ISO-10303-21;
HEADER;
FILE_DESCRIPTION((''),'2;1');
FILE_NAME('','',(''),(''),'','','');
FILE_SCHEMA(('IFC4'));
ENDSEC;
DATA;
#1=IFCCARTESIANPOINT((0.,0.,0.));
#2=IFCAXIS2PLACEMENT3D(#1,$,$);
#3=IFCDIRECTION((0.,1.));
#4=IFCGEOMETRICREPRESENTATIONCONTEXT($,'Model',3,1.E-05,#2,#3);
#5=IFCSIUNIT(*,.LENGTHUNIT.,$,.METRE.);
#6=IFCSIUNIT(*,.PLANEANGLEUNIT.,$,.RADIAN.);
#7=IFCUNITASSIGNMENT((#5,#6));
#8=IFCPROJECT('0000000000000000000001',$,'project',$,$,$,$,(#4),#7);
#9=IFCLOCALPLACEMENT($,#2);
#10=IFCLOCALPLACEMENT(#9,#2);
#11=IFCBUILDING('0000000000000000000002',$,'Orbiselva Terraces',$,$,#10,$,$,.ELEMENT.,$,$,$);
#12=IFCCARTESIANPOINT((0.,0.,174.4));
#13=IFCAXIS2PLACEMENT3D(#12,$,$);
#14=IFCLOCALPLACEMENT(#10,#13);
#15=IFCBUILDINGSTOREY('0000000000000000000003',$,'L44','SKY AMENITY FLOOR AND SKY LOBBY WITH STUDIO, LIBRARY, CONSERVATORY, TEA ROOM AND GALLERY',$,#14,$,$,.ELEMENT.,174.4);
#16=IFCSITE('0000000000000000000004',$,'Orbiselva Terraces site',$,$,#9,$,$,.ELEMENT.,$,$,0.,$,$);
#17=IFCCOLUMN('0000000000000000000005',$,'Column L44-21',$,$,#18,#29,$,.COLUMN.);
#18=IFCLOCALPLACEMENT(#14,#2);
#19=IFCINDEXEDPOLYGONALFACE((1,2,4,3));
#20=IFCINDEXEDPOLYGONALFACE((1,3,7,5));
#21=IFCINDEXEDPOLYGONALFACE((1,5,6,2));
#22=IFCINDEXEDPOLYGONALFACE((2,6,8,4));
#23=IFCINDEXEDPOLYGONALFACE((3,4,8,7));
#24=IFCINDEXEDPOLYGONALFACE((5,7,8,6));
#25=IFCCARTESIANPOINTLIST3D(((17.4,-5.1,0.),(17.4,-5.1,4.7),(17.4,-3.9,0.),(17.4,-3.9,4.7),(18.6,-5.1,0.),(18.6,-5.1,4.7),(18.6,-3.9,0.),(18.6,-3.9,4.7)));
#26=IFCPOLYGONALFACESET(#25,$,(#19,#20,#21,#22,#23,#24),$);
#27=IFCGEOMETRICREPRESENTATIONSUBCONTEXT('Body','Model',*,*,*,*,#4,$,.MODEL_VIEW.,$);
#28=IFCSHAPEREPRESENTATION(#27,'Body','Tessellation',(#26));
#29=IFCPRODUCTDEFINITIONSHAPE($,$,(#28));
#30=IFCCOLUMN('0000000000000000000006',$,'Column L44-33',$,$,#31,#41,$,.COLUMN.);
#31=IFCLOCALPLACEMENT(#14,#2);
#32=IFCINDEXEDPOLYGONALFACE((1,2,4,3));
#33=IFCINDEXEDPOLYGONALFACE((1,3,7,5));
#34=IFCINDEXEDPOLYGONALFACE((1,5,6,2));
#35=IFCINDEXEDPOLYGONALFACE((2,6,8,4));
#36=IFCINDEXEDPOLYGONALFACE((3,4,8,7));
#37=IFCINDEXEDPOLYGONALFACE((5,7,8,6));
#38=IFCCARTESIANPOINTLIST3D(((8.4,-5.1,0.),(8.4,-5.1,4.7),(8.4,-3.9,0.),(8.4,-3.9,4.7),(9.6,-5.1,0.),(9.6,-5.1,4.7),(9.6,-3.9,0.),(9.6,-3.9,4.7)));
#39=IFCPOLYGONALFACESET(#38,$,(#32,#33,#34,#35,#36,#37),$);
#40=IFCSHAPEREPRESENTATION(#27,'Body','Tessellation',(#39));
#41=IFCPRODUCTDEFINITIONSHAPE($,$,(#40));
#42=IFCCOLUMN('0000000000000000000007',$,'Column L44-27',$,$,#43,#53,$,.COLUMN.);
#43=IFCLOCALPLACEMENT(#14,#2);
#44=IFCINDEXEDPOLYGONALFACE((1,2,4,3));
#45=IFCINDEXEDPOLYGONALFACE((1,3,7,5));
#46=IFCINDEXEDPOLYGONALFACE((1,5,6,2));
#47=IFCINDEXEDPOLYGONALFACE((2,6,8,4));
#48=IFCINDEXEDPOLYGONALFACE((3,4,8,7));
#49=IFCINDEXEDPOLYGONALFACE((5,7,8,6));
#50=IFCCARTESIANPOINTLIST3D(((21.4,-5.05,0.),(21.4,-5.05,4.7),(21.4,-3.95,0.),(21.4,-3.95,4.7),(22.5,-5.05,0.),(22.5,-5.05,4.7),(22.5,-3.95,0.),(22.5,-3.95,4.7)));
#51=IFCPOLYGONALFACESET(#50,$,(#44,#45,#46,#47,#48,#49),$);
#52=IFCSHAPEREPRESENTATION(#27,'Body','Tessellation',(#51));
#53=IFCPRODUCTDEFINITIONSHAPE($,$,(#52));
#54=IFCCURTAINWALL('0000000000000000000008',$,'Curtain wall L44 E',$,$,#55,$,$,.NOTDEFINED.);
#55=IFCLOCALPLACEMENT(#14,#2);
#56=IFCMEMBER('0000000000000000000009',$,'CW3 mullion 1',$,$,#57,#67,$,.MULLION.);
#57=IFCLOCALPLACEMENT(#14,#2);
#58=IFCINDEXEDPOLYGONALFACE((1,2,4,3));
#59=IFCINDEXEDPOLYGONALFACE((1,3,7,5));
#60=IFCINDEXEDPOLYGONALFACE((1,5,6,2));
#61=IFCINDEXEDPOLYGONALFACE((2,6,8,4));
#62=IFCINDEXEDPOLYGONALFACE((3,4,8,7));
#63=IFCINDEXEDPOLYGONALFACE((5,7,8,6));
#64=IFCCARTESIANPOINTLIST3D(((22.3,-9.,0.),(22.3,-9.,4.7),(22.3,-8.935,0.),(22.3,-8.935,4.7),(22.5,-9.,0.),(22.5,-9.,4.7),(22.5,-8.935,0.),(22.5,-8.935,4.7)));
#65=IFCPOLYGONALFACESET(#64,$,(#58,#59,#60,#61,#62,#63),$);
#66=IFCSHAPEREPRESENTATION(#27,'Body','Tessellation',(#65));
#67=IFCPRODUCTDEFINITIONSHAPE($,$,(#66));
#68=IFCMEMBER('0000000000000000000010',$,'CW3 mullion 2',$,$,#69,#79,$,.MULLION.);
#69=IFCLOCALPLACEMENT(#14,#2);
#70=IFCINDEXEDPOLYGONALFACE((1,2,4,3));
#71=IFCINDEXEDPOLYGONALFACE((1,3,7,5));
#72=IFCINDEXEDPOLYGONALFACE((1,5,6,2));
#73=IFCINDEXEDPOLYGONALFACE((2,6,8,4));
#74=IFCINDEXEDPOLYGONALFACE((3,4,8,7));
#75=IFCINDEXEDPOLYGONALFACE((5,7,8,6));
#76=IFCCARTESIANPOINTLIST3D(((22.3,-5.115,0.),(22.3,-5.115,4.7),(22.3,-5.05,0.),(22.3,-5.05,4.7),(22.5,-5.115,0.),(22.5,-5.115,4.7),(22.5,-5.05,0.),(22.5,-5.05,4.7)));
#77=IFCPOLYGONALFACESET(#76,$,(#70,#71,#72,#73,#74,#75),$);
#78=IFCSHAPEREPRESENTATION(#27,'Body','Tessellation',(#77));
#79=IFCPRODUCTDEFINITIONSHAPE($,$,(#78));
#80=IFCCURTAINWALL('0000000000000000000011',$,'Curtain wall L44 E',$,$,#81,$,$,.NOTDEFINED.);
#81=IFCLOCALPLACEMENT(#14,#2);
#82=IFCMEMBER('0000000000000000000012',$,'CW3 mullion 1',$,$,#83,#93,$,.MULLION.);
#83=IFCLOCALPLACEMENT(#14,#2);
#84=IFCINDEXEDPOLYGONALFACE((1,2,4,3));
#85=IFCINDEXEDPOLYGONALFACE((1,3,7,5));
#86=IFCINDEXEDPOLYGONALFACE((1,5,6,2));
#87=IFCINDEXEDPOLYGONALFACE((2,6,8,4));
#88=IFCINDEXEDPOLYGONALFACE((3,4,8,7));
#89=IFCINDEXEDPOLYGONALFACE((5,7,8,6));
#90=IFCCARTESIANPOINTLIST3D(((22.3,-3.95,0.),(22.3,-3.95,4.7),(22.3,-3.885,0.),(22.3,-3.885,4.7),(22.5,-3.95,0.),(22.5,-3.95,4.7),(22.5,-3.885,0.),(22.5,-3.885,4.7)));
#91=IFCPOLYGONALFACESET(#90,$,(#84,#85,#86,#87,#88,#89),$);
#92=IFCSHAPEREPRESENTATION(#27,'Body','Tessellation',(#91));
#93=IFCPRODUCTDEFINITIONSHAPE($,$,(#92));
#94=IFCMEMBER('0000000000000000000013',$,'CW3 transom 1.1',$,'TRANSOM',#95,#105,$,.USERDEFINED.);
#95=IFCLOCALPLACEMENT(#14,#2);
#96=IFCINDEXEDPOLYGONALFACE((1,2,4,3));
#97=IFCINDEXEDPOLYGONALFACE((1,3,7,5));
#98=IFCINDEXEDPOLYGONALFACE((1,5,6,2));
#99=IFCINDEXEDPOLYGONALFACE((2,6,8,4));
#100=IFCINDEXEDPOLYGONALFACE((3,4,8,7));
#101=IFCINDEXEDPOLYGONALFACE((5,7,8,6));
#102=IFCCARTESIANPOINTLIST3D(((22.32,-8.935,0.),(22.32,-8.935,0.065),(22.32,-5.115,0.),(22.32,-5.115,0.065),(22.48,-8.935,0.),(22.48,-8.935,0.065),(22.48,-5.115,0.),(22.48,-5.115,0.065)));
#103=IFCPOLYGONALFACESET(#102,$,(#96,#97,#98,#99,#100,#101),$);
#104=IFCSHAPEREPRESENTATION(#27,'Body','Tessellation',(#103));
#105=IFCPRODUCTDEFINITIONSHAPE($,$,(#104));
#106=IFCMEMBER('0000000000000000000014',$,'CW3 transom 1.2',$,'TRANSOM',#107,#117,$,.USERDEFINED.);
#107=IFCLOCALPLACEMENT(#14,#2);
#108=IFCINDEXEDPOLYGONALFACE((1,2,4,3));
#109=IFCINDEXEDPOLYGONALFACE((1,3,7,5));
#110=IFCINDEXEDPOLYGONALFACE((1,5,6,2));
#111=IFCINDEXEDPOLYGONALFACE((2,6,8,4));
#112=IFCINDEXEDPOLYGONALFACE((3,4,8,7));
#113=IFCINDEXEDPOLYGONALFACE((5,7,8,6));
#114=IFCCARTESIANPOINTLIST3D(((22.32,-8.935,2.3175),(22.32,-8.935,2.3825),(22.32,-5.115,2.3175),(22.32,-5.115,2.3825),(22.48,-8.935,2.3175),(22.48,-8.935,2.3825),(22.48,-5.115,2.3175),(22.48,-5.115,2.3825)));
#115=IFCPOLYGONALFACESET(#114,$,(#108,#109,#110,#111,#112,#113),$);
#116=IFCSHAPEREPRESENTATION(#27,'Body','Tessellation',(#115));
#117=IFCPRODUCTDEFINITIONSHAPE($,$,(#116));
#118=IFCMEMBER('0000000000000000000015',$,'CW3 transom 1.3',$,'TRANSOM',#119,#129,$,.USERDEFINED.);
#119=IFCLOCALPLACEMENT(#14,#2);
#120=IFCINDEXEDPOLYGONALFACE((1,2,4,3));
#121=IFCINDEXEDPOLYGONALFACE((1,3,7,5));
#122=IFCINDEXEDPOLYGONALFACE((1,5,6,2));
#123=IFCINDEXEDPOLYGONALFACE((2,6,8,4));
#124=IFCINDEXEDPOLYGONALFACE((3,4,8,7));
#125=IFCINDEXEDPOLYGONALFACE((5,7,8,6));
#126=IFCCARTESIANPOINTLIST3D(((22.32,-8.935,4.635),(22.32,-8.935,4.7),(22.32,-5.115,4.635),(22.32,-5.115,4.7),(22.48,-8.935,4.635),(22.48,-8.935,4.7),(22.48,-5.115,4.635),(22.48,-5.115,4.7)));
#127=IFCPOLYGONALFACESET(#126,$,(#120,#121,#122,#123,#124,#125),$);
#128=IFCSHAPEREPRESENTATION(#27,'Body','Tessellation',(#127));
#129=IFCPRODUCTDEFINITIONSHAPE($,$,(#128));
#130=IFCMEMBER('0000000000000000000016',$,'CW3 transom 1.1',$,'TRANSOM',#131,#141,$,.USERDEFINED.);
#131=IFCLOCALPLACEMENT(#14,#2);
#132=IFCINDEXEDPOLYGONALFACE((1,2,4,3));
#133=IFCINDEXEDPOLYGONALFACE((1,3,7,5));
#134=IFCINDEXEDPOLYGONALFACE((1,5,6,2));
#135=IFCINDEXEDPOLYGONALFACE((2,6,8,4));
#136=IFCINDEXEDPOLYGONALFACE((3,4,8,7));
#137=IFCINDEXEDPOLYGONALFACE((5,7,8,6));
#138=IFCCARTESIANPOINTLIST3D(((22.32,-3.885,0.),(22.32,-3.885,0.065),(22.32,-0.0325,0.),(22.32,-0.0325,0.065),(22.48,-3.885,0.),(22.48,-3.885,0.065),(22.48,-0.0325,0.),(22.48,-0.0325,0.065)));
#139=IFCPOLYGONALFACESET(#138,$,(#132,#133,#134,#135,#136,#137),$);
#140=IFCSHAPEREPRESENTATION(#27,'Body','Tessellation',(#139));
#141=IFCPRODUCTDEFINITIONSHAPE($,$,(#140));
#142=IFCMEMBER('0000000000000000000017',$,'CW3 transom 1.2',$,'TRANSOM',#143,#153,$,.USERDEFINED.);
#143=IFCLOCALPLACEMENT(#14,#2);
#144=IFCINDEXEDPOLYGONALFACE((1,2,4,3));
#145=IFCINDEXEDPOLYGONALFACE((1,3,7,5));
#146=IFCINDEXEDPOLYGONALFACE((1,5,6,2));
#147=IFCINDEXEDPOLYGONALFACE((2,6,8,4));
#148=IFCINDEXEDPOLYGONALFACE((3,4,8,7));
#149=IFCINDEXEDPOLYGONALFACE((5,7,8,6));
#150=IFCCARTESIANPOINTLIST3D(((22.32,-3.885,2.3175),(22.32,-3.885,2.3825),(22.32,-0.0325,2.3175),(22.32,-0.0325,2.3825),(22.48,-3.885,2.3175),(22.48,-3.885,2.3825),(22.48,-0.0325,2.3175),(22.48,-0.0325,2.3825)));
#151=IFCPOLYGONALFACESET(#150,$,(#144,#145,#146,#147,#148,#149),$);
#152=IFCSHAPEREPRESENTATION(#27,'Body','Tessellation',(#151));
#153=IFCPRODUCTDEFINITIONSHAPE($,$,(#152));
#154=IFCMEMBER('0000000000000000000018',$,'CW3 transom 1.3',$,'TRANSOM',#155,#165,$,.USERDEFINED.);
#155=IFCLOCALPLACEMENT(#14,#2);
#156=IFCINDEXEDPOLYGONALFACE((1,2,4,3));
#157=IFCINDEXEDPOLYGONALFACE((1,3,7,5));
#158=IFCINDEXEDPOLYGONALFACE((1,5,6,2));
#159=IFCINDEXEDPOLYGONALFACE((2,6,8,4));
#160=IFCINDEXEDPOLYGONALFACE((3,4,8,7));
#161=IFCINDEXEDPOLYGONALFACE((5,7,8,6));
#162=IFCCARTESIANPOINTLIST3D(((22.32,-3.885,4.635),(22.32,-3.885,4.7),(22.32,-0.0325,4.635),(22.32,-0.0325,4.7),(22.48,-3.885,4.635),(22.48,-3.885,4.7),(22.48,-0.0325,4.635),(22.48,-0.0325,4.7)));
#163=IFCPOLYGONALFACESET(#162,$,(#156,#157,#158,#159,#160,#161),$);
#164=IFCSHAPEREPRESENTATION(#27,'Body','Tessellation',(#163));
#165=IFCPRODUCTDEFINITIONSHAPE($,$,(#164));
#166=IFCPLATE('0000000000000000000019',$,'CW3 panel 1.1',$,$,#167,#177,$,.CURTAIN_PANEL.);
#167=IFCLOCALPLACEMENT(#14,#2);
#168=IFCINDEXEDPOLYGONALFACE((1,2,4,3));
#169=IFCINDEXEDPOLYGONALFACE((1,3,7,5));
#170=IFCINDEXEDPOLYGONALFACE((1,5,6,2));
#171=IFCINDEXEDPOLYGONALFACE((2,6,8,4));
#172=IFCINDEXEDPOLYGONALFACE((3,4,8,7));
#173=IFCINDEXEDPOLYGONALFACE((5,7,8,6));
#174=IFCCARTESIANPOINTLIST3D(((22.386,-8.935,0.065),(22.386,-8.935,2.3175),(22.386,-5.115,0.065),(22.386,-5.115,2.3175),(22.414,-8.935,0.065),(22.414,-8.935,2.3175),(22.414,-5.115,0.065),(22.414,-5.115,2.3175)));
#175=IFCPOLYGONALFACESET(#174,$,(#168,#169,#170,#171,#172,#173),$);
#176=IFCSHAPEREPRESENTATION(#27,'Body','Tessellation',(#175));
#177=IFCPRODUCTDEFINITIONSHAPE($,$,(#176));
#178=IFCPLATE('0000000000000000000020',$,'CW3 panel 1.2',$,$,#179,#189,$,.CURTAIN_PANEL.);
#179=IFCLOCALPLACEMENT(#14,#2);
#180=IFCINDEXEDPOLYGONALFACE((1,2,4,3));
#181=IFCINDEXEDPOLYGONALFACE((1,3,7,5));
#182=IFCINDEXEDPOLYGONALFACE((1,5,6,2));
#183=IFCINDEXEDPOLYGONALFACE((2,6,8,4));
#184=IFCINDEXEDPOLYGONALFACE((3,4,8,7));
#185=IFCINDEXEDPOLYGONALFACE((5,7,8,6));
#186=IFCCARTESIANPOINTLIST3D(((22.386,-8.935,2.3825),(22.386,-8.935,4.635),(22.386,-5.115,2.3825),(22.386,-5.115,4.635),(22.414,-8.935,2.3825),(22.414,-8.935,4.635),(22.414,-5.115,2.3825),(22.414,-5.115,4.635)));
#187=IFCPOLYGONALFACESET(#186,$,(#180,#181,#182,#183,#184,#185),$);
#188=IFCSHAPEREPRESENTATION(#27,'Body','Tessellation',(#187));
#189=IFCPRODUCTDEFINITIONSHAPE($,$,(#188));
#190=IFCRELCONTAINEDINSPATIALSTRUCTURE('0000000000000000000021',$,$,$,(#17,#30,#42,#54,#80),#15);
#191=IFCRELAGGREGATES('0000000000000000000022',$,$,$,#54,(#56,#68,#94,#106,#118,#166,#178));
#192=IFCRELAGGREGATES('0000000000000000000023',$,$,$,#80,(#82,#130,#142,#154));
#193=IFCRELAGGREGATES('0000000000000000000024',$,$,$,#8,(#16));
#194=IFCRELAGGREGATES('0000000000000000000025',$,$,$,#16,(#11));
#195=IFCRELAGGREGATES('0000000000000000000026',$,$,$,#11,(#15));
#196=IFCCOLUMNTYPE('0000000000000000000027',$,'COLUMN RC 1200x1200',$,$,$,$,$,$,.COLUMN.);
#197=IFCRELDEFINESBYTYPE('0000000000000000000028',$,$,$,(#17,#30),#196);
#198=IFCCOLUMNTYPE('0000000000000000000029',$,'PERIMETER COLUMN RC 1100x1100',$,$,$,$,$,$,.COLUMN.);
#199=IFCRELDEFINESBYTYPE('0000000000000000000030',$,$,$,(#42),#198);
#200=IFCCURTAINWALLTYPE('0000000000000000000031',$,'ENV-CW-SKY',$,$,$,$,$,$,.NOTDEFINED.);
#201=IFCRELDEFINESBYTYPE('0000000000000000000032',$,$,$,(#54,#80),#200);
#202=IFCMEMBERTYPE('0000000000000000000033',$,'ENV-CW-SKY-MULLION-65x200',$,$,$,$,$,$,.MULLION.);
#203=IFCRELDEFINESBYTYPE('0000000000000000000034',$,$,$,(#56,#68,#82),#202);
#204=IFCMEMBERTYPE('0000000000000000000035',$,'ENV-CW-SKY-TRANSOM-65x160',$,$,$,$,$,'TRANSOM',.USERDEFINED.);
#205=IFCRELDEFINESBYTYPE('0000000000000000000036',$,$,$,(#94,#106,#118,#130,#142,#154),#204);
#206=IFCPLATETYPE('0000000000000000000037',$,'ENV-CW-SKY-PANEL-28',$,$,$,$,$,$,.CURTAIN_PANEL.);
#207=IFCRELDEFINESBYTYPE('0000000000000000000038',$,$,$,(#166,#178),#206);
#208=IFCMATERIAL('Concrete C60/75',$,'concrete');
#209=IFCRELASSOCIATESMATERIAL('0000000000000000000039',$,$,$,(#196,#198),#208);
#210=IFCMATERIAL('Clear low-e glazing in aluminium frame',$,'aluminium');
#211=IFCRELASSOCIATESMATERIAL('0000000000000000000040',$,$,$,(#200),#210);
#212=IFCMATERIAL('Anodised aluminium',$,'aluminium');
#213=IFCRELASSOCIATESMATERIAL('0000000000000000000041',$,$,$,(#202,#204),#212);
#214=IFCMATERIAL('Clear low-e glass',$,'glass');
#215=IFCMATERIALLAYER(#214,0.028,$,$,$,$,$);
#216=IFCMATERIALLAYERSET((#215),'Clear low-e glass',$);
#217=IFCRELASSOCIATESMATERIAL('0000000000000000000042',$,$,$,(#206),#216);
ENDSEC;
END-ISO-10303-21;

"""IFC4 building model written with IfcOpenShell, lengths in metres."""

from ifc_helpers import new_model, si_unit, direction, frame, origin, origin_2d, place, context, subcontext, project, spatial, rectangle, extrude, material, layer, layer_set, material_profile, profile_set, type_object, element, aggregate, save


model = new_model("IFC4")

# Units and contexts
model_context = context("Model", 3, precision=1e-05, world=origin(), true_north=direction((0.0, 1.0)))
body_context = subcontext(model_context, "Body", "Model", "MODEL_VIEW")
ifc_project = project(units=[si_unit("LENGTHUNIT", "METRE"), si_unit("PLANEANGLEUNIT", "RADIAN")], contexts=[model_context])

# Site, building, storey
site_placement = place(None, origin())
site = spatial("IfcSite", under=ifc_project, at=site_placement, Name="Orbiselva Terraces site", CompositionType="ELEMENT", RefElevation=0.0)
building_placement = place(site_placement, origin())
building = spatial("IfcBuilding", under=site, at=building_placement, Name="Orbiselva Terraces", CompositionType="ELEMENT")
storey_placement = place(building_placement, frame((0.0, 0.0, 174.4)))
storey = spatial("IfcBuildingStorey", under=building, at=storey_placement, Name="L44", Description="SKY AMENITY FLOOR AND SKY LOBBY WITH STUDIO, LIBRARY, CONSERVATORY, TEA ROOM AND GALLERY", CompositionType="ELEMENT", Elevation=174.4)

# Columns
ifc_material_1 = material(Name="Concrete C60/75", Category="concrete")
ifc_material_profile_1 = material_profile(ifc_material_1, rectangle(XDim=1.2, YDim=1.2, at=origin_2d()), Name="RC 1200x1200")
ifc_profile_set_1 = profile_set([ifc_material_profile_1], Name="Concrete C60/75")
column_type_1 = type_object("IfcColumnType", Name="COLUMN RC 1200x1200", PredefinedType="COLUMN", material=ifc_profile_set_1)
for number, where, z_axis, x_axis, name in (
    (1, (18.0, -4.5, 0.0), (0.0, 0.0, 1.0), (1.0, 0.0, 0.0), "Column L44-21"),
    (2, (9.0, -4.5, 0.0), (0.0, 0.0, 1.0), (1.0, 0.0, 0.0), "Column L44-33"),
):
    element("IfcColumn", number, at=place(storey_placement, frame(where, z_axis=z_axis, x_axis=x_axis)), inside=storey, type_object=column_type_1, Name=name, PredefinedType="COLUMN", context=body_context, shape_type="SweptSolid", body=[
        extrude(rectangle(XDim=1.2, YDim=1.2, at=origin_2d()), origin(), (0.0, 0.0, 1.0), 4.7),
    ])
ifc_material_profile_2 = material_profile(ifc_material_1, rectangle(XDim=1.1, YDim=1.1, at=origin_2d()), Name="RC 1100x1100")
ifc_profile_set_2 = profile_set([ifc_material_profile_2], Name="Concrete C60/75")
column_type_2 = type_object("IfcColumnType", Name="PERIMETER COLUMN RC 1100x1100", PredefinedType="COLUMN", material=ifc_profile_set_2)
column_placement = place(storey_placement, frame((21.95, -4.5, 0.0), z_axis=(0.0, 0.0, 1.0), x_axis=(1.0, 0.0, 0.0)))
element("IfcColumn", 3, at=column_placement, inside=storey, type_object=column_type_2, Name="Column L44-27", PredefinedType="COLUMN", context=body_context, shape_type="SweptSolid", body=[
    extrude(rectangle(XDim=1.1, YDim=1.1, at=origin_2d()), origin(), (0.0, 0.0, 1.0), 4.7),
])

# Curtain wall, members
ifc_material_2 = material(Name="Clear low-e glazing in aluminium frame", Category="aluminium")
curtain_wall_type = type_object("IfcCurtainWallType", Name="ENV-CW-SKY", PredefinedType="NOTDEFINED", material=ifc_material_2)
curtain_wall_1_placement = place(storey_placement, origin())
curtain_wall_1 = element("IfcCurtainWall", 4, at=curtain_wall_1_placement, inside=storey, type_object=curtain_wall_type, Name="Curtain wall L44 E", PredefinedType="NOTDEFINED")
ifc_material_3 = material(Name="Anodised aluminium", Category="aluminium")
ifc_material_profile_3 = material_profile(ifc_material_3, rectangle(XDim=0.2, YDim=0.065, at=origin_2d()), Name="AL 65x200")
ifc_profile_set_3 = profile_set([ifc_material_profile_3], Name="Anodised aluminium")
member_type_1 = type_object("IfcMemberType", Name="ENV-CW-SKY-MULLION-65x200", PredefinedType="MULLION", material=ifc_profile_set_3)
member_1_placement = place(storey_placement, frame((22.4, -8.9675, 0.0), z_axis=(0.0, 0.0, 1.0), x_axis=(-1.0, 0.0, 0.0)))
member_1 = element("IfcMember", 5, at=member_1_placement, type_object=member_type_1, Name="CW3 mullion 1", PredefinedType="MULLION", context=body_context, shape_type="SweptSolid", body=[
    extrude(rectangle(XDim=0.2, YDim=0.065, at=origin_2d()), origin(), (0.0, 0.0, 1.0), 4.7),
])
member_2_placement = place(storey_placement, frame((22.4, -5.0825, 0.0), z_axis=(0.0, 0.0, 1.0), x_axis=(-1.0, 0.0, 0.0)))
member_2 = element("IfcMember", 6, at=member_2_placement, type_object=member_type_1, Name="CW3 mullion 2", PredefinedType="MULLION", context=body_context, shape_type="SweptSolid", body=[
    extrude(rectangle(XDim=0.2, YDim=0.065, at=origin_2d()), origin(), (0.0, 0.0, 1.0), 4.7),
])

# Curtain wall, member
curtain_wall_2_placement = place(storey_placement, origin())
curtain_wall_2 = element("IfcCurtainWall", 7, at=curtain_wall_2_placement, inside=storey, type_object=curtain_wall_type, Name="Curtain wall L44 E", PredefinedType="NOTDEFINED")
member_3_placement = place(storey_placement, frame((22.4, -3.9175, 0.0), z_axis=(0.0, 0.0, 1.0), x_axis=(-1.0, 0.0, 0.0)))
member_3 = element("IfcMember", 8, at=member_3_placement, type_object=member_type_1, Name="CW3 mullion 1", PredefinedType="MULLION", context=body_context, shape_type="SweptSolid", body=[
    extrude(rectangle(XDim=0.2, YDim=0.065, at=origin_2d()), origin(), (0.0, 0.0, 1.0), 4.7),
])

# Members
ifc_material_profile_4 = material_profile(ifc_material_3, rectangle(XDim=0.16, YDim=0.065, at=origin_2d()), Name="AL 65x160")
ifc_profile_set_4 = profile_set([ifc_material_profile_4], Name="Anodised aluminium")
member_type_2 = type_object("IfcMemberType", Name="ENV-CW-SKY-TRANSOM-65x160", ElementType="TRANSOM", PredefinedType="USERDEFINED", material=ifc_profile_set_4)
member_4_placement = place(storey_placement, frame((22.4, -8.935, 0.0325), z_axis=(0.0, 1.0, 0.0), x_axis=(-1.0, 0.0, 0.0)))
member_4 = element("IfcMember", 9, at=member_4_placement, type_object=member_type_2, Name="CW3 transom 1.1", ObjectType="TRANSOM", PredefinedType="USERDEFINED", context=body_context, shape_type="SweptSolid", body=[
    extrude(rectangle(XDim=0.16, YDim=0.065, at=origin_2d()), origin(), (0.0, 0.0, 1.0), 3.82),
])
member_5_placement = place(storey_placement, frame((22.4, -8.935, 2.35), z_axis=(0.0, 1.0, 0.0), x_axis=(-1.0, 0.0, 0.0)))
member_5 = element("IfcMember", 10, at=member_5_placement, type_object=member_type_2, Name="CW3 transom 1.2", ObjectType="TRANSOM", PredefinedType="USERDEFINED", context=body_context, shape_type="SweptSolid", body=[
    extrude(rectangle(XDim=0.16, YDim=0.065, at=origin_2d()), origin(), (0.0, 0.0, 1.0), 3.82),
])
member_6_placement = place(storey_placement, frame((22.4, -8.935, 4.6675), z_axis=(0.0, 1.0, 0.0), x_axis=(-1.0, 0.0, 0.0)))
member_6 = element("IfcMember", 11, at=member_6_placement, type_object=member_type_2, Name="CW3 transom 1.3", ObjectType="TRANSOM", PredefinedType="USERDEFINED", context=body_context, shape_type="SweptSolid", body=[
    extrude(rectangle(XDim=0.16, YDim=0.065, at=origin_2d()), origin(), (0.0, 0.0, 1.0), 3.82),
])
member_7_placement = place(storey_placement, frame((22.4, -3.885, 0.0325), z_axis=(0.0, 1.0, 0.0), x_axis=(-1.0, 0.0, 0.0)))
member_7 = element("IfcMember", 12, at=member_7_placement, type_object=member_type_2, Name="CW3 transom 1.1", ObjectType="TRANSOM", PredefinedType="USERDEFINED", context=body_context, shape_type="SweptSolid", body=[
    extrude(rectangle(XDim=0.16, YDim=0.065, at=origin_2d()), origin(), (0.0, 0.0, 1.0), 3.8525),
])
member_8_placement = place(storey_placement, frame((22.4, -3.885, 2.35), z_axis=(0.0, 1.0, 0.0), x_axis=(-1.0, 0.0, 0.0)))
member_8 = element("IfcMember", 13, at=member_8_placement, type_object=member_type_2, Name="CW3 transom 1.2", ObjectType="TRANSOM", PredefinedType="USERDEFINED", context=body_context, shape_type="SweptSolid", body=[
    extrude(rectangle(XDim=0.16, YDim=0.065, at=origin_2d()), origin(), (0.0, 0.0, 1.0), 3.8525),
])
member_9_placement = place(storey_placement, frame((22.4, -3.885, 4.6675), z_axis=(0.0, 1.0, 0.0), x_axis=(-1.0, 0.0, 0.0)))
member_9 = element("IfcMember", 14, at=member_9_placement, type_object=member_type_2, Name="CW3 transom 1.3", ObjectType="TRANSOM", PredefinedType="USERDEFINED", context=body_context, shape_type="SweptSolid", body=[
    extrude(rectangle(XDim=0.16, YDim=0.065, at=origin_2d()), origin(), (0.0, 0.0, 1.0), 3.8525),
])

# Plates
ifc_material_4 = material(Name="Clear low-e glass", Category="glass")
ifc_layer_1 = layer(ifc_material_4, 0.028)
ifc_layer_set_1 = layer_set([ifc_layer_1], Name="Clear low-e glass")
plate_type = type_object("IfcPlateType", Name="ENV-CW-SKY-PANEL-28", PredefinedType="CURTAIN_PANEL", material=ifc_layer_set_1)
plate_1_placement = place(storey_placement, frame((22.4, -7.025, 0.065), z_axis=(0.0, 0.0, 1.0), x_axis=(0.0, 1.0, 0.0)))
plate_1 = element("IfcPlate", 15, at=plate_1_placement, type_object=plate_type, Name="CW3 panel 1.1", PredefinedType="CURTAIN_PANEL", context=body_context, shape_type="SweptSolid", body=[
    extrude(rectangle(XDim=3.82, YDim=0.028, at=origin_2d()), origin(), (0.0, 0.0, 1.0), 2.2525),
])
plate_2_placement = place(storey_placement, frame((22.4, -7.025, 2.3825), z_axis=(0.0, 0.0, 1.0), x_axis=(0.0, 1.0, 0.0)))
plate_2 = element("IfcPlate", 16, at=plate_2_placement, type_object=plate_type, Name="CW3 panel 1.2", PredefinedType="CURTAIN_PANEL", context=body_context, shape_type="SweptSolid", body=[
    extrude(rectangle(XDim=3.82, YDim=0.028, at=origin_2d()), origin(), (0.0, 0.0, 1.0), 2.2525),
])
aggregate(curtain_wall_1, [member_1, member_2, member_4, member_5, member_6, plate_1, plate_2])
aggregate(curtain_wall_2, [member_3, member_7, member_8, member_9])

save(model, "model.ifc")
